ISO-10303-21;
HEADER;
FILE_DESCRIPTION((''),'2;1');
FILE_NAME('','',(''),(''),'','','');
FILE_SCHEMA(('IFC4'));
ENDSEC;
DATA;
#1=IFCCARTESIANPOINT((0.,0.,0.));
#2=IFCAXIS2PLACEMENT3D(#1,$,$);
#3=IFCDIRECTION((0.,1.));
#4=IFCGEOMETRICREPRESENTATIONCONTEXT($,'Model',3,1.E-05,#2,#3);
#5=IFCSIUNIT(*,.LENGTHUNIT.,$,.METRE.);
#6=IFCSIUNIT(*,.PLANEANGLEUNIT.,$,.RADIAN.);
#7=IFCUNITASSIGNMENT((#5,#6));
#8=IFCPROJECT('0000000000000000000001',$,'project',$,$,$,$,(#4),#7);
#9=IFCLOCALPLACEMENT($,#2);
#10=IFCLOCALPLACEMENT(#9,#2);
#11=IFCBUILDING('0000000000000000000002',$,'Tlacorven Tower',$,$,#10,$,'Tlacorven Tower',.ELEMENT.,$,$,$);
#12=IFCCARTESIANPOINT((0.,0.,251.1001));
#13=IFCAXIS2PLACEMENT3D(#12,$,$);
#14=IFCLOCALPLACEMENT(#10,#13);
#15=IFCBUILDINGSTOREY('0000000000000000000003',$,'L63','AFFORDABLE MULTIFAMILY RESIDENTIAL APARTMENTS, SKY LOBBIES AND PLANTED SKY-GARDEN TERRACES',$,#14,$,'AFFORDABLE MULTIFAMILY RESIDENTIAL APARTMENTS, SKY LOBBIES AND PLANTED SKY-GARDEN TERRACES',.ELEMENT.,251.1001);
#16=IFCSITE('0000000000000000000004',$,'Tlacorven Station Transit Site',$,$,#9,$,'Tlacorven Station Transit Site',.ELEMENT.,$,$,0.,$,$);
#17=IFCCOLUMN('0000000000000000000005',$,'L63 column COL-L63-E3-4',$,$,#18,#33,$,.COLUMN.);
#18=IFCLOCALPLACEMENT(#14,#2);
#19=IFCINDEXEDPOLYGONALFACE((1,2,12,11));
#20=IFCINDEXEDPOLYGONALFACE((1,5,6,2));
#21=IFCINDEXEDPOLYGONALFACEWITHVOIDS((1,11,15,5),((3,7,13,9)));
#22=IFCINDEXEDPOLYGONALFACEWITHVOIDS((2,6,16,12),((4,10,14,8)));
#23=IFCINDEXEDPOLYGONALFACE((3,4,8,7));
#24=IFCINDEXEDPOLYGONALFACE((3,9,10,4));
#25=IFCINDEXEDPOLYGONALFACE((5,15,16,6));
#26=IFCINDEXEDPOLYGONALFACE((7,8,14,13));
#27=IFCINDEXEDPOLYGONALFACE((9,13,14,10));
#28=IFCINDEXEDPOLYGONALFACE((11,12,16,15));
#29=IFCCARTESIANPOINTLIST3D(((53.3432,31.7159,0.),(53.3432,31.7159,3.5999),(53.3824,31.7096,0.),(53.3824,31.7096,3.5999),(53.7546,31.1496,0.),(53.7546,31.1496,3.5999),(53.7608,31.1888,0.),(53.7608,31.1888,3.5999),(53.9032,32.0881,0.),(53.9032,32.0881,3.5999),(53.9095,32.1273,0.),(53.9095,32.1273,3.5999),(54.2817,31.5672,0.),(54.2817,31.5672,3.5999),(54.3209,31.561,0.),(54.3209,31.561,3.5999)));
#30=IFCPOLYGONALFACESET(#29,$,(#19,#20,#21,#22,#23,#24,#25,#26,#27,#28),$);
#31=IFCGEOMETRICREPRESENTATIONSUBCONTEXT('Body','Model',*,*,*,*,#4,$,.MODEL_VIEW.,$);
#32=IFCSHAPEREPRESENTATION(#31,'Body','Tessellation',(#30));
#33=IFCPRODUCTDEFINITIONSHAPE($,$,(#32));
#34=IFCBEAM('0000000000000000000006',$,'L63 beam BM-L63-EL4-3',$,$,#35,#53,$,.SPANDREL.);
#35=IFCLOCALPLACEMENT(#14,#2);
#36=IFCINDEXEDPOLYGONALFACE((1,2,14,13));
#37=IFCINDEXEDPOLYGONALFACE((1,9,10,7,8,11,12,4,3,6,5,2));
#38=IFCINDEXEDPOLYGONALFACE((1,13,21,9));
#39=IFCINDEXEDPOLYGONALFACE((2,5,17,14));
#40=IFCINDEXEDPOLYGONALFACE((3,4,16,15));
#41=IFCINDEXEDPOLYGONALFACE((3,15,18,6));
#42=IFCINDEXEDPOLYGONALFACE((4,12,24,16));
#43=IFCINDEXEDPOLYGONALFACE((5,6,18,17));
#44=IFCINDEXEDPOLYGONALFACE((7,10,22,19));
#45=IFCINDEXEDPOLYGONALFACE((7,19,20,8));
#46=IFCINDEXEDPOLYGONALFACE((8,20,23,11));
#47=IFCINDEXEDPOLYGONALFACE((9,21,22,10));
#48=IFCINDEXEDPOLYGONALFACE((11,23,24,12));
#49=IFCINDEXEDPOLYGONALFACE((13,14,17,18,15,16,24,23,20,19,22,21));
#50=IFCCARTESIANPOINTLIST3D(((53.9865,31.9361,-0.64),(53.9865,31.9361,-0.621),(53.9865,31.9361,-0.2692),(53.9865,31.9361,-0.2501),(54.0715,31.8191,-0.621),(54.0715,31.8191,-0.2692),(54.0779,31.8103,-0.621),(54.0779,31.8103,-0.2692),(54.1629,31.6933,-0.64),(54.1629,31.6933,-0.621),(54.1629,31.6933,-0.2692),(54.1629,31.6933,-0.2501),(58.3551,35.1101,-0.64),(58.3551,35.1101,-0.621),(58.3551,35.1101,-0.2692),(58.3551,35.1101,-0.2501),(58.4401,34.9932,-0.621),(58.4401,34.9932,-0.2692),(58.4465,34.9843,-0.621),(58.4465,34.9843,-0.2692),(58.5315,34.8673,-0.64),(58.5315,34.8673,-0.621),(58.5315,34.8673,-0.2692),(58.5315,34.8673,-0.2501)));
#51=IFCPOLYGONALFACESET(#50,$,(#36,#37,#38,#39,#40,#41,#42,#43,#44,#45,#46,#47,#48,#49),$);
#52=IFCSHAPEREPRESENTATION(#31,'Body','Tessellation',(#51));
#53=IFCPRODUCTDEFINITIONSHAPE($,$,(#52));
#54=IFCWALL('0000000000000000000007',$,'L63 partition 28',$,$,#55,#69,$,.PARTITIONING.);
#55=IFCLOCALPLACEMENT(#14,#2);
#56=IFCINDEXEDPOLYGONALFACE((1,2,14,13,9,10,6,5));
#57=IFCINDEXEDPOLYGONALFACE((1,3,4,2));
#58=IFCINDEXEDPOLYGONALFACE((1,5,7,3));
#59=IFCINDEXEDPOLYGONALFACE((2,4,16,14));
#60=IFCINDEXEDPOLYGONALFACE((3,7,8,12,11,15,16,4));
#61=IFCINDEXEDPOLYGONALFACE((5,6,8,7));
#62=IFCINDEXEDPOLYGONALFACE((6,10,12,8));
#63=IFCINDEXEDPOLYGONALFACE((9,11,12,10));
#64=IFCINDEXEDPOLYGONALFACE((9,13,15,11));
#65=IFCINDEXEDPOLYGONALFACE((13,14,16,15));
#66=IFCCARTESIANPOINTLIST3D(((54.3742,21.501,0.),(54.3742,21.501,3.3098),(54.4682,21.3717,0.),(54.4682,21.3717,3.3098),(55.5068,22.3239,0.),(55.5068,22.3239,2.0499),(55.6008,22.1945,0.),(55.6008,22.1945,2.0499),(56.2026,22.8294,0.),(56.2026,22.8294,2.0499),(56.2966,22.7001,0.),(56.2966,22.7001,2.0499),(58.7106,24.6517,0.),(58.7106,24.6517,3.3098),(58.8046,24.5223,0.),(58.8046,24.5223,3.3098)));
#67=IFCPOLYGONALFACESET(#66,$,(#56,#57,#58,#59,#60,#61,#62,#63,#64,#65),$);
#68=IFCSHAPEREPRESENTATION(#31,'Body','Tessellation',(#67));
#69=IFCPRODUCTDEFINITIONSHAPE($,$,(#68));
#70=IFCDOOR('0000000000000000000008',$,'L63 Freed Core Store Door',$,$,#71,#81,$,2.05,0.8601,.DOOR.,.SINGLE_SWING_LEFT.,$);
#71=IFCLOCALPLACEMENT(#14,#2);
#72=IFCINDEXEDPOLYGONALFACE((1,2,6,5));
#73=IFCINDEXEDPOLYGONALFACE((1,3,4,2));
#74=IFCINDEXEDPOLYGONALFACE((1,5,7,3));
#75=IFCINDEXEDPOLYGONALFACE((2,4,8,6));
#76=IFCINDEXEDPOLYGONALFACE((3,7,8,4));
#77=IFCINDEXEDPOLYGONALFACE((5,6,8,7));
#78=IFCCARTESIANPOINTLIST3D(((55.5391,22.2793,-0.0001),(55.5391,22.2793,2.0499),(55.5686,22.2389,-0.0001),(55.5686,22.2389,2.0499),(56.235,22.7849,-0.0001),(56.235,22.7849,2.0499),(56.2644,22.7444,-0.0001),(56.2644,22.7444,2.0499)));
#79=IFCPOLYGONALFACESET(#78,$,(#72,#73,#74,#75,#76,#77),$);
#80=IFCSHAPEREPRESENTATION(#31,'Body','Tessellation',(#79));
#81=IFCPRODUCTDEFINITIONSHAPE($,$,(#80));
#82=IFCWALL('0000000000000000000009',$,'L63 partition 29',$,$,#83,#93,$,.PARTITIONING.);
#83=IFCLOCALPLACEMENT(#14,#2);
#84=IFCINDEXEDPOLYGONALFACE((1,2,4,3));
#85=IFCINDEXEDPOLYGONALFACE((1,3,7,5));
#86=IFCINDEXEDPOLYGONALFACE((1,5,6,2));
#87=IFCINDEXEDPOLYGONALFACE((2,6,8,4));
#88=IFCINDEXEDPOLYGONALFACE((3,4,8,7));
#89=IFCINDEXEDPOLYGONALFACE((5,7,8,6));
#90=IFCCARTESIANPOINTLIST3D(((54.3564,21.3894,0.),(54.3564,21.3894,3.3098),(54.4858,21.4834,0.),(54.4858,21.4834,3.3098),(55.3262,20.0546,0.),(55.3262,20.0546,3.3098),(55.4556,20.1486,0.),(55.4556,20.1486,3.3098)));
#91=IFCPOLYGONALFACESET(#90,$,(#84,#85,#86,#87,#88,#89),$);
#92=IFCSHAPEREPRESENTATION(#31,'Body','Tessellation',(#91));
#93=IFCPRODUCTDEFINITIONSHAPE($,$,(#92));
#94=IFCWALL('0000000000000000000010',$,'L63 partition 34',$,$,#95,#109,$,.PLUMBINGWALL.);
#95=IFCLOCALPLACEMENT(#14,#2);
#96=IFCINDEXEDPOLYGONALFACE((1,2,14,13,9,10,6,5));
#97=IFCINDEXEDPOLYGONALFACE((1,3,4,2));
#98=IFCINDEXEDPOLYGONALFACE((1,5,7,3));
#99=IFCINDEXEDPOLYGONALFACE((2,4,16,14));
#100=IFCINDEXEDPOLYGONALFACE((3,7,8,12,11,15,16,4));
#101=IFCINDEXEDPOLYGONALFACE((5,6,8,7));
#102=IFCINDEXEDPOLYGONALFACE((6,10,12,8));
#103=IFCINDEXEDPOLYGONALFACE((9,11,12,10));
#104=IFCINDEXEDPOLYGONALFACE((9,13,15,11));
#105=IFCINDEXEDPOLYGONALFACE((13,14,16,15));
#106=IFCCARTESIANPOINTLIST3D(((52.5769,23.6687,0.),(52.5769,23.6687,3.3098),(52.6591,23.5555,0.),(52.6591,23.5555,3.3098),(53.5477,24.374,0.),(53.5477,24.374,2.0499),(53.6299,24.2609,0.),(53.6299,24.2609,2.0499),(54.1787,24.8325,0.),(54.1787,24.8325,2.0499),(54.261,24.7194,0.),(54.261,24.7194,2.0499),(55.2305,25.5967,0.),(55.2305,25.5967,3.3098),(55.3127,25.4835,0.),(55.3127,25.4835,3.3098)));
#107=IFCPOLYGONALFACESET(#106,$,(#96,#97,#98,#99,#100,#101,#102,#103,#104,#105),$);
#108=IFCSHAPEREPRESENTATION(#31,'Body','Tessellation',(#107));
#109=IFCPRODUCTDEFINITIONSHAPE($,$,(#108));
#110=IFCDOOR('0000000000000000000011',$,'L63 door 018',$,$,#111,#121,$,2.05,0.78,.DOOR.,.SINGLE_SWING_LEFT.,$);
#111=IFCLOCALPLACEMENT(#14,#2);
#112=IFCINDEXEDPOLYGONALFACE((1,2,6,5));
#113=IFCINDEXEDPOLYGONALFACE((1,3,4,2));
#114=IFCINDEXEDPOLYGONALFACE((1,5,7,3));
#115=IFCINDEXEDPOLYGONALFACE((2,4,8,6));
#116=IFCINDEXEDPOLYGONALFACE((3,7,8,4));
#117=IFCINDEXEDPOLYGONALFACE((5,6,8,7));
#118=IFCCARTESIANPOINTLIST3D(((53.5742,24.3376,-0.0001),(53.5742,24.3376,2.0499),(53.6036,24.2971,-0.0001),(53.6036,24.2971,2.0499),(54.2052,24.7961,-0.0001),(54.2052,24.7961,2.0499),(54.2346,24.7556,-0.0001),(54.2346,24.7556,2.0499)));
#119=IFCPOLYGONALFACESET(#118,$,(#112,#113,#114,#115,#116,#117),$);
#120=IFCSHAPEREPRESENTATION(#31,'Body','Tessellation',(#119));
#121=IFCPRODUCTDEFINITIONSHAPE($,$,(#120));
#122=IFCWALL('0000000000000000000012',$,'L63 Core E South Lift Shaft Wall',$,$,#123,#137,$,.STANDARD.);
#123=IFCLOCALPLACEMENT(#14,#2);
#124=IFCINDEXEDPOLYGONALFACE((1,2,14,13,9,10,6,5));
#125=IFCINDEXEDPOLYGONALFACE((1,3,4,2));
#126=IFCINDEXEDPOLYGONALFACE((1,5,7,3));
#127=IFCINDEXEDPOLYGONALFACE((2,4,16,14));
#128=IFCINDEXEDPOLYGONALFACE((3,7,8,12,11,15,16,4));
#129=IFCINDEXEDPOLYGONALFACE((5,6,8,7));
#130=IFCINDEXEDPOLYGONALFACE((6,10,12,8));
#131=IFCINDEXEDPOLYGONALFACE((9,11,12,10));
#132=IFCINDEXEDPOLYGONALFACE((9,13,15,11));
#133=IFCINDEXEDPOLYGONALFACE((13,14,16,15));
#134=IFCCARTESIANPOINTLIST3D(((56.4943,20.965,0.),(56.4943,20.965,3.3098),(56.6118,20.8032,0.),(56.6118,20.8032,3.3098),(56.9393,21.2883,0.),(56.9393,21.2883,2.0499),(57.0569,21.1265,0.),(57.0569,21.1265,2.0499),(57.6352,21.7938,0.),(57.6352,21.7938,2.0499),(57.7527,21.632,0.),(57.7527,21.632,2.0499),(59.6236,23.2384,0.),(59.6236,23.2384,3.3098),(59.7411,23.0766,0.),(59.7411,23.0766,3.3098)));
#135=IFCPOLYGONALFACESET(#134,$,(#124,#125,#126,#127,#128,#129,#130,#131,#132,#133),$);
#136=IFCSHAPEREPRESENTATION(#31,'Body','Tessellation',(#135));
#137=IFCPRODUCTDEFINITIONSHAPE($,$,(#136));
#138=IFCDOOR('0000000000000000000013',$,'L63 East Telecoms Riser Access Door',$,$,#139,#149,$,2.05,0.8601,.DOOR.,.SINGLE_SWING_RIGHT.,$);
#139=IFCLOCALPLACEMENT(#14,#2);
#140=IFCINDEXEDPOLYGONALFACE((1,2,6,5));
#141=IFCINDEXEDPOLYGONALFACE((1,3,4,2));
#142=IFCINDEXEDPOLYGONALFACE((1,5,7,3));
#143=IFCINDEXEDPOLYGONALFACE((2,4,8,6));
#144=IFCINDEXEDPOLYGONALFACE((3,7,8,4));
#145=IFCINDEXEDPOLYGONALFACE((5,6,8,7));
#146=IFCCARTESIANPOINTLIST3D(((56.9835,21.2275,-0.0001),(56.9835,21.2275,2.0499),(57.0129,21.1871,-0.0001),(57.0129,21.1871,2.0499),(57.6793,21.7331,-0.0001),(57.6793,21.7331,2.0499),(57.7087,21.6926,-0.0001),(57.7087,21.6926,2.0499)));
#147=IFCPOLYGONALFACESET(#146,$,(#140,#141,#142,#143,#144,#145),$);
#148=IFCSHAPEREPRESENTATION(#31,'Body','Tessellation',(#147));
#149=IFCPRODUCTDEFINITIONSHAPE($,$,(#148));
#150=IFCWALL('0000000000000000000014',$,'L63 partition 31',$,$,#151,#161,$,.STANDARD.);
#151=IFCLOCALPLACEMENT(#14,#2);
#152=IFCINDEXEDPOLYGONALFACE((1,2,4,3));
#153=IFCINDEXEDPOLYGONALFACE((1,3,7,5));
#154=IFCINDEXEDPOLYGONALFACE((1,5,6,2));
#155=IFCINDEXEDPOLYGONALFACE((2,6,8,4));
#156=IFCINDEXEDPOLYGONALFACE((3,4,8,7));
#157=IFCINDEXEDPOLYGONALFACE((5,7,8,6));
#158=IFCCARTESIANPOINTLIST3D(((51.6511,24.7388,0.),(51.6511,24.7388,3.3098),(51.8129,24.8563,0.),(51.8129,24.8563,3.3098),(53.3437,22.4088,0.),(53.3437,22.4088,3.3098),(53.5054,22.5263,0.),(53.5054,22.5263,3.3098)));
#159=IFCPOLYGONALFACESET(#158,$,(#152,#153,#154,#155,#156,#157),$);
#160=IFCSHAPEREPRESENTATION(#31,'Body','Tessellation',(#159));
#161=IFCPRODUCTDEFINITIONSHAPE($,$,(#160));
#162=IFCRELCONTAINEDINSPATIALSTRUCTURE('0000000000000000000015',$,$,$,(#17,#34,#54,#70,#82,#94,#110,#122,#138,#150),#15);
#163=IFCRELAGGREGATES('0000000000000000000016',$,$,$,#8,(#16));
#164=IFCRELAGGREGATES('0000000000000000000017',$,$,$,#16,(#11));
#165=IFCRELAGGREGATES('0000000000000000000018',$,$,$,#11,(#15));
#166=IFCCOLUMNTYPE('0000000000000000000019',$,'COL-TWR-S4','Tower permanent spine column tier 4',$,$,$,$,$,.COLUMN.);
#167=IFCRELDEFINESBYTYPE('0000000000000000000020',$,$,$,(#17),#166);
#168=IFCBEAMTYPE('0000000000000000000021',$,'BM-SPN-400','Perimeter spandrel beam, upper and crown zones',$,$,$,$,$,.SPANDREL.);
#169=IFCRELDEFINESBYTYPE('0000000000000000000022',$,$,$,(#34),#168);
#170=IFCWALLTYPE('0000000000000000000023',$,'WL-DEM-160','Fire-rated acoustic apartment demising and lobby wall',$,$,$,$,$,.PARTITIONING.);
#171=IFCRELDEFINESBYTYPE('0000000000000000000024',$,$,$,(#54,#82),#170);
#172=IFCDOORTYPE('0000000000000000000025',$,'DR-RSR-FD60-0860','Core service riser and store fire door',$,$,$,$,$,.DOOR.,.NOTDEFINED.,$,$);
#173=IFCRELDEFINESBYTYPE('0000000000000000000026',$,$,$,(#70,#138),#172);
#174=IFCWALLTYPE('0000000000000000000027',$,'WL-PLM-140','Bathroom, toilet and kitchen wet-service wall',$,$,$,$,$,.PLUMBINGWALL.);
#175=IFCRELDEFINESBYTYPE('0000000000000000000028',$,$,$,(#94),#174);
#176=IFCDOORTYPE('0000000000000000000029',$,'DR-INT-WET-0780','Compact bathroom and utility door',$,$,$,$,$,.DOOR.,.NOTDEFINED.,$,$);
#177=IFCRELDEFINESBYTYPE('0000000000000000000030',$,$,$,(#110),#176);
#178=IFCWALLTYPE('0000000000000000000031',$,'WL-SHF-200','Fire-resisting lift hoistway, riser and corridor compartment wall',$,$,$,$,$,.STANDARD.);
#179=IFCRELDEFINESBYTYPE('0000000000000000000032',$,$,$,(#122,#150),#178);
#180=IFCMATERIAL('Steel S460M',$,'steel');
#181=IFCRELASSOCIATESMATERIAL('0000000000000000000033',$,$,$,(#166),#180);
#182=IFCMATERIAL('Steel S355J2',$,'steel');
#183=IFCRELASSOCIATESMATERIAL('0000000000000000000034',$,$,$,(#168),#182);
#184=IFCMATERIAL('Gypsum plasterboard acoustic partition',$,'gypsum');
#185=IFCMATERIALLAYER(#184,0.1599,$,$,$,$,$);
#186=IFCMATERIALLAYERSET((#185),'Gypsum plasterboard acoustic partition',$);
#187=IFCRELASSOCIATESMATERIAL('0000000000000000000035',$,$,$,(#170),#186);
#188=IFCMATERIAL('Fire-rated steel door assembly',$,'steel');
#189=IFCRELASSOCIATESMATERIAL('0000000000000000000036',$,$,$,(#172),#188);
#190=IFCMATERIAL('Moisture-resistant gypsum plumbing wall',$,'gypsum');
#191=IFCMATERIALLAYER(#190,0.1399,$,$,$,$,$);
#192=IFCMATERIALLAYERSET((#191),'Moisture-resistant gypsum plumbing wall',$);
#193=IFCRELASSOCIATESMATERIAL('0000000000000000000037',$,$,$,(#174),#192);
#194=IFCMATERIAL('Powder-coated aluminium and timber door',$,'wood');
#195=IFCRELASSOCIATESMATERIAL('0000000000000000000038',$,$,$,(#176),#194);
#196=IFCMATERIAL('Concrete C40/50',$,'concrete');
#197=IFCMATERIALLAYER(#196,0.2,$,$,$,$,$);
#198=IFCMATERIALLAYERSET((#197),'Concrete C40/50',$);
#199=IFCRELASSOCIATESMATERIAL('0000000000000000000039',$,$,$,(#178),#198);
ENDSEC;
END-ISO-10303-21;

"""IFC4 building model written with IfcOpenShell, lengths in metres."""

from ifc_helpers import new_model, si_unit, direction, frame, frame_2d, origin, origin_2d, place, context, subcontext, project, spatial, rectangle, hollow_rectangle, i_section, extrude, source, transform, mapped, material, layer, layer_set, material_profile, profile_set, type_object, element, fill, save


model = new_model("IFC4")

# Units and contexts
model_context = context("Model", 3, precision=1e-05, world=origin(), true_north=direction((0.0, 1.0)))
body_context = subcontext(model_context, "Body", "Model", "MODEL_VIEW")
ifc_project = project(units=[si_unit("LENGTHUNIT", "METRE"), si_unit("PLANEANGLEUNIT", "RADIAN")], contexts=[model_context])

# Site, building, storey
site_placement = place(None, origin())
site = spatial("IfcSite", under=ifc_project, at=site_placement, Name="Tlacorven Station Transit Site", LongName="Tlacorven Station Transit Site", CompositionType="ELEMENT", RefElevation=0.0)
building_placement = place(site_placement, origin())
building = spatial("IfcBuilding", under=site, at=building_placement, Name="Tlacorven Tower", LongName="Tlacorven Tower", CompositionType="ELEMENT")
storey_placement = place(building_placement, frame((0.0, 0.0, 251.1001)))
storey = spatial("IfcBuildingStorey", under=building, at=storey_placement, Name="L63", Description="AFFORDABLE MULTIFAMILY RESIDENTIAL APARTMENTS, SKY LOBBIES AND PLANTED SKY-GARDEN TERRACES", LongName="AFFORDABLE MULTIFAMILY RESIDENTIAL APARTMENTS, SKY LOBBIES AND PLANTED SKY-GARDEN TERRACES", CompositionType="ELEMENT", Elevation=251.1001)

# Column
ifc_material_1 = material(Name="Steel S460M", Category="steel")
ifc_material_profile_1 = material_profile(ifc_material_1, hollow_rectangle(XDim=0.7, YDim=0.7, WallThickness=0.0281, at=origin_2d()), Name="BOX 700X700X28")
ifc_profile_set_1 = profile_set([ifc_material_profile_1], Name="Steel S460M")
column_type = type_object("IfcColumnType", Name="COL-TWR-S4", Description="Tower permanent spine column tier 4", PredefinedType="COLUMN", material=ifc_profile_set_1)
shared_shape_1 = source(origin(), body_context, "Body", "SweptSolid", [
    extrude(hollow_rectangle(XDim=0.7, YDim=0.7, WallThickness=0.0281, at=origin_2d()), origin(), (0.0, 0.0, 1.0), 3.5999),
])
column_placement = place(storey_placement, frame((53.832, 31.6384, 0.0), z_axis=(0.0, 0.0, 1.0), x_axis=(0.809017, 0.587785, 0.0)))
element("IfcColumn", 1, at=column_placement, inside=storey, type_object=column_type, Name="L63 column COL-L63-E3-4", PredefinedType="COLUMN", context=body_context, shape_type="MappedRepresentation", body=[
    mapped(shared_shape_1, transform((0.0, 0.0, 0.0), scale=1.0)),
])

# Beam
ifc_material_2 = material(Name="Steel S355J2", Category="steel")
ifc_material_profile_2 = material_profile(ifc_material_2, i_section(OverallWidth=0.3, OverallDepth=0.3899, WebThickness=0.011, FlangeThickness=0.019, at=origin_2d()), Name="HEA 400")
ifc_profile_set_2 = profile_set([ifc_material_profile_2], Name="Steel S355J2")
beam_type = type_object("IfcBeamType", Name="BM-SPN-400", Description="Perimeter spandrel beam, upper and crown zones", PredefinedType="SPANDREL", material=ifc_profile_set_2)
shared_shape_2 = source(origin(), body_context, "Body", "SweptSolid", [
    extrude(i_section(OverallWidth=0.3, OverallDepth=0.3899, WebThickness=0.011, FlangeThickness=0.019, at=origin_2d()), origin(), (0.0, 0.0, 1.0), 5.3999),
])
beam_placement = place(storey_placement, frame((54.0747, 31.8147, -0.4451), z_axis=(0.809012, 0.587793, 0.0), x_axis=(-0.587793, 0.809012, 0.0)))
element("IfcBeam", 2, at=beam_placement, inside=storey, type_object=beam_type, Name="L63 beam BM-L63-EL4-3", PredefinedType="SPANDREL", context=body_context, shape_type="MappedRepresentation", body=[
    mapped(shared_shape_2, transform((0.0, 0.0, 0.0), scale=1.0)),
])

# Wall, opening, door
ifc_material_3 = material(Name="Gypsum plasterboard acoustic partition", Category="gypsum")
ifc_layer_1 = layer(ifc_material_3, 0.1599)
ifc_layer_set_1 = layer_set([ifc_layer_1], Name="Gypsum plasterboard acoustic partition")
wall_type_1 = type_object("IfcWallType", Name="WL-DEM-160", Description="Fire-rated acoustic apartment demising and lobby wall", PredefinedType="PARTITIONING", material=ifc_layer_set_1)
wall_1_placement = place(storey_placement, frame((54.4211, 21.4363, 0.0), z_axis=(0.0, 0.0, 1.0), x_axis=(0.809014, 0.58779, 0.0)))
wall_1 = element("IfcWall", 3, at=wall_1_placement, inside=storey, type_object=wall_type_1, Name="L63 partition 28", PredefinedType="PARTITIONING", context=body_context, shape_type="SweptSolid", body=[
    extrude(rectangle(XDim=5.3601, YDim=0.1599, at=frame_2d((2.6802, 0.0))), origin(), (0.0, 0.0, 1.0), 3.3098),
])
opening_1_placement = place(wall_1_placement, frame((1.3999, 0.0, 0.0)))
opening_1 = element("IfcOpeningElement", 4, at=opening_1_placement, cuts=wall_1, PredefinedType="OPENING", context=body_context, shape_type="SweptSolid", body=[
    extrude(rectangle(XDim=0.8601, YDim=2.05, at=frame_2d((0.4302, 1.0249))), frame((0.0, 0.0898, 0.0), z_axis=(0.0, -1.0, 0.0), x_axis=(1.0, 0.0, 0.0)), (0.0, 0.0, 1.0), 0.1799),
])
ifc_material_4 = material(Name="Fire-rated steel door assembly", Category="steel")
door_type_1 = type_object("IfcDoorType", Name="DR-RSR-FD60-0860", Description="Core service riser and store fire door", OperationType="NOTDEFINED", PredefinedType="DOOR", material=ifc_material_4)
shared_shape_3 = source(origin(), body_context, "Body", "SweptSolid", [
    extrude(rectangle(XDim=0.8601, YDim=2.05, at=frame_2d((0.4302, 1.0249))), frame((0.0, 0.0249, 0.0), z_axis=(0.0, -1.0, 0.0), x_axis=(1.0, 0.0, 0.0)), (0.0, 0.0, 1.0), 0.05),
])
door_1_placement = place(opening_1_placement, origin())
door_1 = element("IfcDoor", 5, at=door_1_placement, inside=storey, type_object=door_type_1, Name="L63 Freed Core Store Door", OperationType="SINGLE_SWING_LEFT", OverallHeight=2.05, OverallWidth=0.8601, PredefinedType="DOOR", context=body_context, shape_type="MappedRepresentation", body=[
    mapped(shared_shape_3, transform((0.0, 0.0, 0.0), scale=1.0)),
])
fill(opening_1, door_1)

# Wall
wall_2_placement = place(storey_placement, frame((55.3909, 20.1016, 0.0), z_axis=(0.0, 0.0, 1.0), x_axis=(-0.587784, 0.809018, 0.0)))
element("IfcWall", 6, at=wall_2_placement, inside=storey, type_object=wall_type_1, Name="L63 partition 29", PredefinedType="PARTITIONING", context=body_context, shape_type="SweptSolid", body=[
    extrude(rectangle(XDim=1.6499, YDim=0.1599, at=frame_2d((0.825, 0.0))), origin(), (0.0, 0.0, 1.0), 3.3098),
])

# Walls, openings, doors
ifc_material_5 = material(Name="Moisture-resistant gypsum plumbing wall", Category="gypsum")
ifc_layer_2 = layer(ifc_material_5, 0.1399)
ifc_layer_set_2 = layer_set([ifc_layer_2], Name="Moisture-resistant gypsum plumbing wall")
wall_type_2 = type_object("IfcWallType", Name="WL-PLM-140", Description="Bathroom, toilet and kitchen wet-service wall", PredefinedType="PLUMBINGWALL", material=ifc_layer_set_2)
wall_3_placement = place(storey_placement, frame((52.6179, 23.6121, 0.0), z_axis=(0.0, 0.0, 1.0), x_axis=(0.80901, 0.587795, 0.0)))
wall_3 = element("IfcWall", 7, at=wall_3_placement, inside=storey, type_object=wall_type_2, Name="L63 partition 34", PredefinedType="PLUMBINGWALL", context=body_context, shape_type="SweptSolid", body=[
    extrude(rectangle(XDim=3.28, YDim=0.1399, at=frame_2d((1.6401, 0.0))), origin(), (0.0, 0.0, 1.0), 3.3098),
])
opening_2_placement = place(wall_3_placement, frame((1.2, 0.0, 0.0)))
opening_2 = element("IfcOpeningElement", 8, at=opening_2_placement, cuts=wall_3, PredefinedType="OPENING", context=body_context, shape_type="SweptSolid", body=[
    extrude(rectangle(XDim=0.78, YDim=2.05, at=frame_2d((0.3901, 1.0249))), frame((0.0, 0.0801, 0.0), z_axis=(0.0, -1.0, 0.0), x_axis=(1.0, 0.0, 0.0)), (0.0, 0.0, 1.0), 0.1599),
])
ifc_material_6 = material(Name="Powder-coated aluminium and timber door", Category="wood")
door_type_2 = type_object("IfcDoorType", Name="DR-INT-WET-0780", Description="Compact bathroom and utility door", OperationType="NOTDEFINED", PredefinedType="DOOR", material=ifc_material_6)
shared_shape_4 = source(origin(), body_context, "Body", "SweptSolid", [
    extrude(rectangle(XDim=0.78, YDim=2.05, at=frame_2d((0.3901, 1.0249))), frame((0.0, 0.0249, 0.0), z_axis=(0.0, -1.0, 0.0), x_axis=(1.0, 0.0, 0.0)), (0.0, 0.0, 1.0), 0.05),
])
door_2_placement = place(opening_2_placement, origin())
door_2 = element("IfcDoor", 9, at=door_2_placement, inside=storey, type_object=door_type_2, Name="L63 door 018", OperationType="SINGLE_SWING_LEFT", OverallHeight=2.05, OverallWidth=0.78, PredefinedType="DOOR", context=body_context, shape_type="MappedRepresentation", body=[
    mapped(shared_shape_4, transform((0.0, 0.0, 0.0), scale=1.0)),
])
fill(opening_2, door_2)
ifc_material_7 = material(Name="Concrete C40/50", Category="concrete")
ifc_layer_3 = layer(ifc_material_7, 0.2)
ifc_layer_set_3 = layer_set([ifc_layer_3], Name="Concrete C40/50")
wall_type_3 = type_object("IfcWallType", Name="WL-SHF-200", Description="Fire-resisting lift hoistway, riser and corridor compartment wall", PredefinedType="STANDARD", material=ifc_layer_set_3)
wall_4_placement = place(storey_placement, frame((56.553, 20.884, 0.0), z_axis=(0.0, 0.0, 1.0), x_axis=(0.809042, 0.587751, 0.0)))
wall_4 = element("IfcWall", 10, at=wall_4_placement, inside=storey, type_object=wall_type_3, Name="L63 Core E South Lift Shaft Wall", PredefinedType="STANDARD", context=body_context, shape_type="SweptSolid", body=[
    extrude(rectangle(XDim=3.8679, YDim=0.2, at=frame_2d((1.9341, 0.0))), origin(), (0.0, 0.0, 1.0), 3.3098),
])
opening_3_placement = place(wall_4_placement, frame((0.55, 0.0, 0.0)))
opening_3 = element("IfcOpeningElement", 11, at=opening_3_placement, cuts=wall_4, PredefinedType="OPENING", context=body_context, shape_type="SweptSolid", body=[
    extrude(rectangle(XDim=0.8601, YDim=2.05, at=frame_2d((0.4302, 1.0249))), frame((0.0, 0.1099, 0.0), z_axis=(0.0, -1.0, 0.0), x_axis=(1.0, 0.0, 0.0)), (0.0, 0.0, 1.0), 0.22),
])
door_3_placement = place(opening_3_placement, origin())
door_3 = element("IfcDoor", 12, at=door_3_placement, inside=storey, type_object=door_type_1, Name="L63 East Telecoms Riser Access Door", OperationType="SINGLE_SWING_RIGHT", OverallHeight=2.05, OverallWidth=0.8601, PredefinedType="DOOR", context=body_context, shape_type="MappedRepresentation", body=[
    mapped(shared_shape_3, transform((0.0, 0.0, 0.0), scale=1.0)),
])
fill(opening_3, door_3)

# Wall
wall_5_placement = place(storey_placement, frame((53.4246, 22.4675, 0.0), z_axis=(0.0, 0.0, 1.0), x_axis=(-0.587723, 0.809062, 0.0)))
element("IfcWall", 13, at=wall_5_placement, inside=storey, type_object=wall_type_3, Name="L63 partition 31", PredefinedType="STANDARD", context=body_context, shape_type="SweptSolid", body=[
    extrude(rectangle(XDim=2.8799, YDim=0.2, at=frame_2d((1.4399, 0.0))), origin(), (0.0, 0.0, 1.0), 3.3098),
])

save(model, "model.ifc")
